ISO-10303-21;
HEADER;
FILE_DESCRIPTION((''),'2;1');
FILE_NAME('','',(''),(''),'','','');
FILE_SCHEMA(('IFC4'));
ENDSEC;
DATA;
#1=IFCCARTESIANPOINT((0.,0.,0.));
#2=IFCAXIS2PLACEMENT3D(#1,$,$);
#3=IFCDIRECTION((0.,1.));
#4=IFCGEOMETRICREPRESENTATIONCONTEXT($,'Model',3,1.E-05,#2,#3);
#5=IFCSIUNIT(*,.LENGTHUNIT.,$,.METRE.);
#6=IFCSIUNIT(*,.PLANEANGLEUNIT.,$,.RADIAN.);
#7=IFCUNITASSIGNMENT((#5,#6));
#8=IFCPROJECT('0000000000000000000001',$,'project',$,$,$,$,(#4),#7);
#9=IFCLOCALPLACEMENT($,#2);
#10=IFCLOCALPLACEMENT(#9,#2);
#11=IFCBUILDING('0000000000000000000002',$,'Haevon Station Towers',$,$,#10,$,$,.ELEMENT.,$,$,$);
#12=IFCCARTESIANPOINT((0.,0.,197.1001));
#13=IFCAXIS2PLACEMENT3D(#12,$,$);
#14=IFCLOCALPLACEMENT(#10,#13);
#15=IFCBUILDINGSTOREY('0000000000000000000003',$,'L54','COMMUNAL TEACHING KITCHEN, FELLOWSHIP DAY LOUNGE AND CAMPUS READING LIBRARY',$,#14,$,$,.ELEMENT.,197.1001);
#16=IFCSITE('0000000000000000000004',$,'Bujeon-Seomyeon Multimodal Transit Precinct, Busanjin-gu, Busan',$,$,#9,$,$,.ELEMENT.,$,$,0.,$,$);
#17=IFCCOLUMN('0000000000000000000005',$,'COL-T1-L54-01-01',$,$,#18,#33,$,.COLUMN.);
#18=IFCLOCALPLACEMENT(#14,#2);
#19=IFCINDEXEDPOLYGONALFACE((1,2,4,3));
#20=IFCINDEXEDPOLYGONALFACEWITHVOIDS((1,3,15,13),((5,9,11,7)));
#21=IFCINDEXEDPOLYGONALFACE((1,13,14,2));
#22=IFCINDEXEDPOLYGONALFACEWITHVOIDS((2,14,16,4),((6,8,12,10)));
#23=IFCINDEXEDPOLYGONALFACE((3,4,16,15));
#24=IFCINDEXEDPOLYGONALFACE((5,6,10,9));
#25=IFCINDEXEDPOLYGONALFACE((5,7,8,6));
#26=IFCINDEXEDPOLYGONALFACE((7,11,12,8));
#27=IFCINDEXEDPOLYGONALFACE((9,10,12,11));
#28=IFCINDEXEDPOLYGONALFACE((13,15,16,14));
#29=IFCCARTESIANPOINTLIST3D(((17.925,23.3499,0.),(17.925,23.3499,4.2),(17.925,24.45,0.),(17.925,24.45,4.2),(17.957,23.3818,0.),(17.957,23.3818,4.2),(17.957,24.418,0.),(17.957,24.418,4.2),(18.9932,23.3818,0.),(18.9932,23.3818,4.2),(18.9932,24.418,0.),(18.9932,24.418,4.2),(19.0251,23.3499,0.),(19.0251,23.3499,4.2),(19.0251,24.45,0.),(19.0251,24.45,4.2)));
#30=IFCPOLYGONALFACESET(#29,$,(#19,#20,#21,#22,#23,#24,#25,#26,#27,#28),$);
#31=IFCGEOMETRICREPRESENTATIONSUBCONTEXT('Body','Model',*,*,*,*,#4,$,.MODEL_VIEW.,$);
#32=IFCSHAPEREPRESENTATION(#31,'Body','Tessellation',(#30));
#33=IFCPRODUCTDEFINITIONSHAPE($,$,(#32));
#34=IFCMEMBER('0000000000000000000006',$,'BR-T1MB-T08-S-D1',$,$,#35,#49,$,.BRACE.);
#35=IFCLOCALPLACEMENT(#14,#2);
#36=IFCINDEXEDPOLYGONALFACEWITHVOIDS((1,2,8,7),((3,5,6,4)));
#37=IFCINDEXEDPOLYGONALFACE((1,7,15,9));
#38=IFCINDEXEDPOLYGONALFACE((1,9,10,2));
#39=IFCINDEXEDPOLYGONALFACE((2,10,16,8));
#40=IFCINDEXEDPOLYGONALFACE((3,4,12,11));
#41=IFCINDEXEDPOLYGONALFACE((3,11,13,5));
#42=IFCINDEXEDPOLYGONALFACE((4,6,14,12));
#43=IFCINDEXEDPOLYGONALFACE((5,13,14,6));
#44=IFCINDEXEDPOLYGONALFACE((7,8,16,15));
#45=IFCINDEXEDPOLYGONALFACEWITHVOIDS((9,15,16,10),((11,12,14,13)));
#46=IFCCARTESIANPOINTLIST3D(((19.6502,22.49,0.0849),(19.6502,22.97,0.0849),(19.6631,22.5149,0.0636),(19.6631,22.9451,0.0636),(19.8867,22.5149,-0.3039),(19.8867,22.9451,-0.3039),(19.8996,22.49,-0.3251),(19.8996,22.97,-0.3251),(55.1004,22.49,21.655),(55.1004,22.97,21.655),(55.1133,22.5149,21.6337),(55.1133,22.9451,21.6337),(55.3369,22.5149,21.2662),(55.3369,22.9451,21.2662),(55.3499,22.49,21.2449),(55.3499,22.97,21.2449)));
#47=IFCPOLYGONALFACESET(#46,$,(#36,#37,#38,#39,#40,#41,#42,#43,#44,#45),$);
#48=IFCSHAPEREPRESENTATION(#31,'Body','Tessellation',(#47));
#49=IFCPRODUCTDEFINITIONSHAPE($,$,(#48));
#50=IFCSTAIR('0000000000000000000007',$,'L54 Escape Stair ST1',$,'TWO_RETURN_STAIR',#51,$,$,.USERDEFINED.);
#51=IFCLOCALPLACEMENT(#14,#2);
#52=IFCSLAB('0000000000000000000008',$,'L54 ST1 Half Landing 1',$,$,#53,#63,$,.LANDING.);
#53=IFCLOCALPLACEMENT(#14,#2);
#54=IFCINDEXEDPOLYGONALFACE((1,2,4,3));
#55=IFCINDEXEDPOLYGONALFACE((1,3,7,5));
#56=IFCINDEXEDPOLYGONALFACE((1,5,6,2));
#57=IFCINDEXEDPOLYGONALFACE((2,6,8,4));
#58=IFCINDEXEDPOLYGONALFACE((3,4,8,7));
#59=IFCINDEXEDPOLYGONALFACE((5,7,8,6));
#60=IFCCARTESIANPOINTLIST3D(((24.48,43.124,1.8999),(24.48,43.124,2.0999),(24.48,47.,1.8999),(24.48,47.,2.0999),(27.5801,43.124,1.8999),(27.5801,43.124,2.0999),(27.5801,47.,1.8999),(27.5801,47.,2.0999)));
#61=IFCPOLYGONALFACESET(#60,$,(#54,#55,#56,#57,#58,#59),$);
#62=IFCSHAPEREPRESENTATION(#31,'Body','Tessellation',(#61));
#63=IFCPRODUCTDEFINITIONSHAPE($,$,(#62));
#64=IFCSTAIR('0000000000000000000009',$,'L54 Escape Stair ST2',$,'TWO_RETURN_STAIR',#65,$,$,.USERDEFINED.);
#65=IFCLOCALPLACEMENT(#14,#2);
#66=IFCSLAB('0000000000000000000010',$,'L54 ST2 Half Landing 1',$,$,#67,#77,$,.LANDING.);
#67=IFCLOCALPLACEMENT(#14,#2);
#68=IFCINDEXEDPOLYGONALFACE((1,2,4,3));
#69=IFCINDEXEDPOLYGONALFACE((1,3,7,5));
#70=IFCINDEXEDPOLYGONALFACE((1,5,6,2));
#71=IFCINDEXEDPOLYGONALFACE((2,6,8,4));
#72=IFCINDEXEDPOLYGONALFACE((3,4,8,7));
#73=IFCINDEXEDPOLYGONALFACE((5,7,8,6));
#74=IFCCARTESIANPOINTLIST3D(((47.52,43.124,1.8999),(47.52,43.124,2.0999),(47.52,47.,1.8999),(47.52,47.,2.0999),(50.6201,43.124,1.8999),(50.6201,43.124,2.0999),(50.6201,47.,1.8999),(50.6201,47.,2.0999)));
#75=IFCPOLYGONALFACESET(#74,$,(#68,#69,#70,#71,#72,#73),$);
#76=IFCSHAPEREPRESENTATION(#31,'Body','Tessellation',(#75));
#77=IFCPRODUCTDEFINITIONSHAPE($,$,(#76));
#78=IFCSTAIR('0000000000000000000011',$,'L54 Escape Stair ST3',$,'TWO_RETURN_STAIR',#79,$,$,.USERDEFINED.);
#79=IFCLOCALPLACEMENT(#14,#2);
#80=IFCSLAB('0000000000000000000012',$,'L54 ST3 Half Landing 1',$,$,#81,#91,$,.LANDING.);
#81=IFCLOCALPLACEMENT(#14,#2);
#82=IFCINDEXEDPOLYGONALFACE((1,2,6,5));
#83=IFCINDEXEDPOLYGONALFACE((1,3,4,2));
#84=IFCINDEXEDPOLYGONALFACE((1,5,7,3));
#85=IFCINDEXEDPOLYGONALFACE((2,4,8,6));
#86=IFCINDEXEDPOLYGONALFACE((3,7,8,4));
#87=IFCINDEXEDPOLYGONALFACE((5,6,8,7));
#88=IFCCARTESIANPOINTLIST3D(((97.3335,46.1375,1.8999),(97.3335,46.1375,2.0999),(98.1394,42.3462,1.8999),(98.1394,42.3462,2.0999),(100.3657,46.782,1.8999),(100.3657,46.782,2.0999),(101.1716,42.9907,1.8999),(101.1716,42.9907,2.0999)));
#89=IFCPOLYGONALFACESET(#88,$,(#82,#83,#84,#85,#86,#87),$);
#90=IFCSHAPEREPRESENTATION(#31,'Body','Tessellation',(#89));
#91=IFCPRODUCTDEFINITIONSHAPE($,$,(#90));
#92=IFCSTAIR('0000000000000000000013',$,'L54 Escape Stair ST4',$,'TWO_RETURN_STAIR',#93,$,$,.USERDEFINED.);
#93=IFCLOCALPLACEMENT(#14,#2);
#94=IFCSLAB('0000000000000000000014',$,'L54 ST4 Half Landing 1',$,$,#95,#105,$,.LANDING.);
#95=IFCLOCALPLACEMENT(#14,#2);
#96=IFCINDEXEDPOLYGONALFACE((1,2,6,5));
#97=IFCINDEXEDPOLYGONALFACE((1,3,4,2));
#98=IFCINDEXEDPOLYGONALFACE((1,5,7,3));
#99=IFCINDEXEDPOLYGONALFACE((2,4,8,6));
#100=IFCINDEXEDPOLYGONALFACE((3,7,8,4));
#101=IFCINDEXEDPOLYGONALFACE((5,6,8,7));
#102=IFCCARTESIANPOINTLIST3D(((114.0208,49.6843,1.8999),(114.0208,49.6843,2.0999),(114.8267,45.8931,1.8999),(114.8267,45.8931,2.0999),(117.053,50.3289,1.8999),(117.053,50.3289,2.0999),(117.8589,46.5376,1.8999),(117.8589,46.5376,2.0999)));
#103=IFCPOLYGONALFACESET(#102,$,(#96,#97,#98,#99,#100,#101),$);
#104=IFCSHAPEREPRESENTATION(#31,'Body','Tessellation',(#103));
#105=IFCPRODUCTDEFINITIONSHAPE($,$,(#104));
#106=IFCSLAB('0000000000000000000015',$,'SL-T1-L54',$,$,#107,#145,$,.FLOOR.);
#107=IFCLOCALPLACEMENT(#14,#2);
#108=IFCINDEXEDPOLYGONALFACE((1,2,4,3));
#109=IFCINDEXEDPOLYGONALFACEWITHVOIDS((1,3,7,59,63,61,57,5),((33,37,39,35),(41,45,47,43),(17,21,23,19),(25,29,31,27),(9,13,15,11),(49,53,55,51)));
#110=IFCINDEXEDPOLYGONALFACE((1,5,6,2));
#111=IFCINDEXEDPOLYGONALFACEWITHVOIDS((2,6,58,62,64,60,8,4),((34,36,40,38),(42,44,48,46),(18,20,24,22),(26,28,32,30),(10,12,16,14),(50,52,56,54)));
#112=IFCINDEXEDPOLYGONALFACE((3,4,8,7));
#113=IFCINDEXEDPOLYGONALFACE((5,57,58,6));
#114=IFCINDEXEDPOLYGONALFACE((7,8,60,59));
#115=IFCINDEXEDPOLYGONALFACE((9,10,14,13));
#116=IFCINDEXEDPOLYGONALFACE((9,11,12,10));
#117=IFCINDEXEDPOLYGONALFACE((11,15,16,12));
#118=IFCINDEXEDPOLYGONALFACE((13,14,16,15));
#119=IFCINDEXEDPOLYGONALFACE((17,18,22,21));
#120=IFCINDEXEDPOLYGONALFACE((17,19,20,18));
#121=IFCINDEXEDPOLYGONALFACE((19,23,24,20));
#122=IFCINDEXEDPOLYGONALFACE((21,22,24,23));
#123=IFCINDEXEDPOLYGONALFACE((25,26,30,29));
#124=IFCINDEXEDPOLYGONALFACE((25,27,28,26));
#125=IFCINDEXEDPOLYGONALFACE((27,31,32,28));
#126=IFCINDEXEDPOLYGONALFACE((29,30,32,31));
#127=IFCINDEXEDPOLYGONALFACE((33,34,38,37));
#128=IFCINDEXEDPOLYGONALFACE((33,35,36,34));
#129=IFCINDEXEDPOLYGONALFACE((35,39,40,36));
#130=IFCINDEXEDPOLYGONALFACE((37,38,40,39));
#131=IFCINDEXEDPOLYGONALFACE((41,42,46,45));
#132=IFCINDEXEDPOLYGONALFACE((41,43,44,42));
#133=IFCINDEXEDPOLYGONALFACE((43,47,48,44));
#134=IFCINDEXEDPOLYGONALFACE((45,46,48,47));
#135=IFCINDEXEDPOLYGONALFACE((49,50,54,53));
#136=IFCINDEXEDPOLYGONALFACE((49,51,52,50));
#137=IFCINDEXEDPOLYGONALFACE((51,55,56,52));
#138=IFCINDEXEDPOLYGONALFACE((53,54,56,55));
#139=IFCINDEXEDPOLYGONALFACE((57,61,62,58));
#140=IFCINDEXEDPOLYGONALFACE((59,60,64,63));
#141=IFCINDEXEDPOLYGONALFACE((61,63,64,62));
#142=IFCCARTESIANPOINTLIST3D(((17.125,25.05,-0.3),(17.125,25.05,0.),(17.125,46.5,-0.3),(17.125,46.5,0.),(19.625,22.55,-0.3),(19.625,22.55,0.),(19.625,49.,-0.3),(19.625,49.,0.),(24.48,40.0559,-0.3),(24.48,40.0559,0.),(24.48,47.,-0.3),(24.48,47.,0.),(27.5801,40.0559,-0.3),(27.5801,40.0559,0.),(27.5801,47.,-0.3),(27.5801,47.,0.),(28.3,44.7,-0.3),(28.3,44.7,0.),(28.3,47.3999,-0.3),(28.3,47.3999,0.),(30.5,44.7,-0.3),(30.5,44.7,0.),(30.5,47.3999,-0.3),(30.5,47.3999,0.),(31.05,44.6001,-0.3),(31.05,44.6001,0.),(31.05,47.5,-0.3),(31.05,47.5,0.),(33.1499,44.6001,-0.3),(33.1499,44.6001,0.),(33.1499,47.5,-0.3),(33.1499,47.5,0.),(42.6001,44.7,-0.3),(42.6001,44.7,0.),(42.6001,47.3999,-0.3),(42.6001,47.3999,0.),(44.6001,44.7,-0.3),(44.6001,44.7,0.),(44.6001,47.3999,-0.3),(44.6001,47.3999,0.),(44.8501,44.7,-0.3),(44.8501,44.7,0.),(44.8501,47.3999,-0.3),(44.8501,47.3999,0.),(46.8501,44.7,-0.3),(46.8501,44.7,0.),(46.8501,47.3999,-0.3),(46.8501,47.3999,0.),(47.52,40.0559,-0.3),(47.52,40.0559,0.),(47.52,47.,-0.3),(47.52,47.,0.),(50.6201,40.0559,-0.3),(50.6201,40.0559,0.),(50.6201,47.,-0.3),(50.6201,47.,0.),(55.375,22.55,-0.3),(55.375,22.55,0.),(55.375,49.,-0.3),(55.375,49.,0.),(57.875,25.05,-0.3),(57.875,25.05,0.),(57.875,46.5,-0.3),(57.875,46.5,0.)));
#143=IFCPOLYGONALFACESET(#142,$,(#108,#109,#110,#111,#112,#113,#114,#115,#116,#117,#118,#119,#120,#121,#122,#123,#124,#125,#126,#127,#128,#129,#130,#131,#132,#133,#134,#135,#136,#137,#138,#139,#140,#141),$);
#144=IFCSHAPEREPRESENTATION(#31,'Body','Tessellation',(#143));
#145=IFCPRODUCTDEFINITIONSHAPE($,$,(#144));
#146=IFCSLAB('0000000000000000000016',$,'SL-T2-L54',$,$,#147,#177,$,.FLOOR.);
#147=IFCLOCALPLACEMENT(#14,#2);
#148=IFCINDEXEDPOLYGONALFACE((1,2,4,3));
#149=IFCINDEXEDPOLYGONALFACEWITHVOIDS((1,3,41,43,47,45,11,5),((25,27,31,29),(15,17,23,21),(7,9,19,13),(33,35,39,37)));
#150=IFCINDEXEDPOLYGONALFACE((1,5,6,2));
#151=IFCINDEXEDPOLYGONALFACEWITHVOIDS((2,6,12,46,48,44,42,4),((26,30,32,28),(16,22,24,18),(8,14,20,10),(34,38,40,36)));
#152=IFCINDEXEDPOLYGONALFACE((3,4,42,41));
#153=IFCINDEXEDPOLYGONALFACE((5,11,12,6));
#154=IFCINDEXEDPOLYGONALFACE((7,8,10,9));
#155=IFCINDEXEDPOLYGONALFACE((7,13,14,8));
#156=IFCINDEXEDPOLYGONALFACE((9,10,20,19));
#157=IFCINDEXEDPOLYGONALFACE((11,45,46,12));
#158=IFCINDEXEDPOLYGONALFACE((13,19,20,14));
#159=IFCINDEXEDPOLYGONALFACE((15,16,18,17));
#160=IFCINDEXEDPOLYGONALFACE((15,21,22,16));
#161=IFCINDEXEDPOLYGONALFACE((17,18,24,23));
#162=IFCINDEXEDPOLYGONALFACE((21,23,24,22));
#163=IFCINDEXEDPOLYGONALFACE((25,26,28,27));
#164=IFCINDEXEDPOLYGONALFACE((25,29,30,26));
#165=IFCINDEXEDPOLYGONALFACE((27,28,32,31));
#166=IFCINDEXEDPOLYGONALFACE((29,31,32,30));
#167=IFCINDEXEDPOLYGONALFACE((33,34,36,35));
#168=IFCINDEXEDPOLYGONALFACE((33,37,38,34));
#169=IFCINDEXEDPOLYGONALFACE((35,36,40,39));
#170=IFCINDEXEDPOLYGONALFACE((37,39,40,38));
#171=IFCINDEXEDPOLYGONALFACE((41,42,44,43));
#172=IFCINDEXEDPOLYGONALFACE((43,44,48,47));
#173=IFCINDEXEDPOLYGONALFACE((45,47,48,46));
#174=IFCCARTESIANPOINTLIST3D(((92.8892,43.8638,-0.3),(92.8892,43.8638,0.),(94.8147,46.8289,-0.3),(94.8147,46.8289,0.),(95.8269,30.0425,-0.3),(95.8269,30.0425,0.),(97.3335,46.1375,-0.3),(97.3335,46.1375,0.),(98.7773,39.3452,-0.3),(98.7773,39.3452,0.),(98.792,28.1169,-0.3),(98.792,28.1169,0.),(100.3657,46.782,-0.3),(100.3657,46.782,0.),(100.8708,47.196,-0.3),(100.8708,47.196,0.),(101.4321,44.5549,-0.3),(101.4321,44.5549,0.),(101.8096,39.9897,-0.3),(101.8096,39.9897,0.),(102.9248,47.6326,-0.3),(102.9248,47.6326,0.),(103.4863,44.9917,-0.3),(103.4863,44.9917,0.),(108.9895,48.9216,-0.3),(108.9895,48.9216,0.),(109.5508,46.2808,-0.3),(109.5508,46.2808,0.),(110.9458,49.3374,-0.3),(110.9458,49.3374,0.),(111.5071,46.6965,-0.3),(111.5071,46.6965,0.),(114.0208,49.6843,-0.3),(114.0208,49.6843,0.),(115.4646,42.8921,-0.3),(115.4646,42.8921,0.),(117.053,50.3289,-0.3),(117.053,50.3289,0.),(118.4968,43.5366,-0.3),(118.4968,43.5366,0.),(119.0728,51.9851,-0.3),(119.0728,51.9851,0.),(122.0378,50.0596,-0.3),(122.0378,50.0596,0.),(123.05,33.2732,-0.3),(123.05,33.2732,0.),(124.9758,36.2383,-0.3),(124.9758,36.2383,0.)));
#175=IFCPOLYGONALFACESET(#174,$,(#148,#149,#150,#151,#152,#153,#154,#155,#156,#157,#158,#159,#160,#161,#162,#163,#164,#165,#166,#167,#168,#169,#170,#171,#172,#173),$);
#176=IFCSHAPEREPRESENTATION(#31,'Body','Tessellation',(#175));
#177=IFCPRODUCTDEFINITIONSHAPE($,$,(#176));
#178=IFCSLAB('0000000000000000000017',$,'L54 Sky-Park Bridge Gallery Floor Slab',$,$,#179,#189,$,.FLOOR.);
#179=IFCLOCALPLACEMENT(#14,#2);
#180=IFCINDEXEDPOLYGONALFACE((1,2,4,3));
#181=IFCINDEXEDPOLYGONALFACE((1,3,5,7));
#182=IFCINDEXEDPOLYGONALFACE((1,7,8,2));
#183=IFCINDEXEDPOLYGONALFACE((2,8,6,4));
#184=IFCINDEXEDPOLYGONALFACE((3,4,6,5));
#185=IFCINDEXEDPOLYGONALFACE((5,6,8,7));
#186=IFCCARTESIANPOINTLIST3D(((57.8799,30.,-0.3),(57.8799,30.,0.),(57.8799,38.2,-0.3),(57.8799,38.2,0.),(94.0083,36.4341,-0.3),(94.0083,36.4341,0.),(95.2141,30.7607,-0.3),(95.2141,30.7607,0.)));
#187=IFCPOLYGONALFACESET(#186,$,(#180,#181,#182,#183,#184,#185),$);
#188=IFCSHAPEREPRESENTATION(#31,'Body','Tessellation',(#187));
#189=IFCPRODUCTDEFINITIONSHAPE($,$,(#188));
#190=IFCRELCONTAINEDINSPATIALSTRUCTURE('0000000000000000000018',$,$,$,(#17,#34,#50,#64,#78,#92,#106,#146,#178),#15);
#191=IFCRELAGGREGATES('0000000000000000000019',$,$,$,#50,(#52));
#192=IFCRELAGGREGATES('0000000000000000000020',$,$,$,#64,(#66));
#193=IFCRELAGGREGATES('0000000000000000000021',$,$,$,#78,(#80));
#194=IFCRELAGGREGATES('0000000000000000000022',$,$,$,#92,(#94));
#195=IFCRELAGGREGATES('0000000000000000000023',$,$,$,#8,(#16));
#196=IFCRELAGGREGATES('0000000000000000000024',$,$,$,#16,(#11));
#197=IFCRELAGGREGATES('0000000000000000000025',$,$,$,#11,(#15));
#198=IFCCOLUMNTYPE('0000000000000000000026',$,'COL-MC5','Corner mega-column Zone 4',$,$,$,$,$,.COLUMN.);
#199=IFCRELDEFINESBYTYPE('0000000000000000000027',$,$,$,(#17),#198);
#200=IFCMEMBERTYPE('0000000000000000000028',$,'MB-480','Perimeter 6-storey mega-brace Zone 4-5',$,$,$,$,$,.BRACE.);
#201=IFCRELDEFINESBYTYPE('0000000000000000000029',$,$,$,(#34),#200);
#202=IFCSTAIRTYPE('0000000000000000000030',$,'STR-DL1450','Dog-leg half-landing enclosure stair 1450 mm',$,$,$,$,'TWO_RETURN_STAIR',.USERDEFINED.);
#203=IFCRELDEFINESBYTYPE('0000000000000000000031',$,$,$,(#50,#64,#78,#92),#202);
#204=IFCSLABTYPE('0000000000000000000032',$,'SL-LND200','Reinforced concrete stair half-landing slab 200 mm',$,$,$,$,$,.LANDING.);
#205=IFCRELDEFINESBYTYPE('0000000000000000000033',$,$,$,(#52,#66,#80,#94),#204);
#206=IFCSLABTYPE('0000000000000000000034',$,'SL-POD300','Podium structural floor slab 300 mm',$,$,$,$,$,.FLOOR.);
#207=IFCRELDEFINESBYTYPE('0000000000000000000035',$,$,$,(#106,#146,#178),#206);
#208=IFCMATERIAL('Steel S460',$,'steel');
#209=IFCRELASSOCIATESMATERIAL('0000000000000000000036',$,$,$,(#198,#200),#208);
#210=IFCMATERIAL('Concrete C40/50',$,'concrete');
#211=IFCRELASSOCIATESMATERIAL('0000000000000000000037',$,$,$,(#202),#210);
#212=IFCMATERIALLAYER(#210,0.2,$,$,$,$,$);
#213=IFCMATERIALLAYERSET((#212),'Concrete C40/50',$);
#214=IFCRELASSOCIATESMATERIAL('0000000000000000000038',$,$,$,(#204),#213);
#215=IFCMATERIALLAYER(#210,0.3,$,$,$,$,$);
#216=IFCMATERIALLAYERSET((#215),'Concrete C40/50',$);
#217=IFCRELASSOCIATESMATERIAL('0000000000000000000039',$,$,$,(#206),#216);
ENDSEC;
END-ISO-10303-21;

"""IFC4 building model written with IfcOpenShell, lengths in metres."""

from ifc_helpers import new_model, si_unit, direction, frame, origin, origin_2d, place, context, subcontext, project, spatial, polyline, hollow_rectangle, outline, extrude, material, layer, layer_set, material_profile, profile_set, type_object, element, aggregate, save


model = new_model("IFC4")

# Units and contexts
model_context = context("Model", 3, precision=1e-05, world=origin(), true_north=direction((0.0, 1.0)))
body_context = subcontext(model_context, "Body", "Model", "MODEL_VIEW")
ifc_project = project(units=[si_unit("LENGTHUNIT", "METRE"), si_unit("PLANEANGLEUNIT", "RADIAN")], contexts=[model_context])

# Site, building, storey
site_placement = place(None, origin())
site = spatial("IfcSite", under=ifc_project, at=site_placement, Name="Bujeon-Seomyeon Multimodal Transit Precinct, Busanjin-gu, Busan", CompositionType="ELEMENT", RefElevation=0.0)
building_placement = place(site_placement, origin())
building = spatial("IfcBuilding", under=site, at=building_placement, Name="Haevon Station Towers", CompositionType="ELEMENT")
storey_placement = place(building_placement, frame((0.0, 0.0, 197.1001)))
storey = spatial("IfcBuildingStorey", under=building, at=storey_placement, Name="L54", Description="COMMUNAL TEACHING KITCHEN, FELLOWSHIP DAY LOUNGE AND CAMPUS READING LIBRARY", CompositionType="ELEMENT", Elevation=197.1001)

# Column
ifc_material_1 = material(Name="Steel S460", Category="steel")
ifc_material_profile_1 = material_profile(ifc_material_1, hollow_rectangle(XDim=1.1001, YDim=1.1001, WallThickness=0.032, at=origin_2d()), Name="BOX-1100x1100x32")
ifc_profile_set_1 = profile_set([ifc_material_profile_1], Name="Steel S460")
column_type = type_object("IfcColumnType", Name="COL-MC5", Description="Corner mega-column Zone 4", PredefinedType="COLUMN", material=ifc_profile_set_1)
column_placement = place(storey_placement, frame((18.4751, 23.8999, 0.0), z_axis=(0.0, 0.0, 1.0), x_axis=(1.0, 0.0, 0.0)))
element("IfcColumn", 1, at=column_placement, inside=storey, type_object=column_type, Name="COL-T1-L54-01-01", PredefinedType="COLUMN", context=body_context, shape_type="SweptSolid", body=[
    extrude(hollow_rectangle(XDim=1.1001, YDim=1.1001, WallThickness=0.032, at=origin_2d()), origin(), (0.0, 0.0, 1.0), 4.2),
])

# Member
ifc_material_profile_2 = material_profile(ifc_material_1, hollow_rectangle(XDim=0.48, YDim=0.48, WallThickness=0.0249, at=origin_2d()), Name="RHS-480x480x25")
ifc_profile_set_2 = profile_set([ifc_material_profile_2], Name="Steel S460")
member_type = type_object("IfcMemberType", Name="MB-480", Description="Perimeter 6-storey mega-brace Zone 4-5", PredefinedType="BRACE", material=ifc_profile_set_2)
member_placement = place(storey_placement, frame((19.7749, 22.73, -0.1201), z_axis=(0.854287, 0.0, 0.519801), x_axis=(0.0, 1.0, 0.0)))
element("IfcMember", 2, at=member_placement, inside=storey, type_object=member_type, Name="BR-T1MB-T08-S-D1", PredefinedType="BRACE", context=body_context, shape_type="SweptSolid", body=[
    extrude(hollow_rectangle(XDim=0.48, YDim=0.48, WallThickness=0.0249, at=origin_2d()), origin(), (0.0, 0.0, 1.0), 41.4968),
])

# Stairs, slabs
ifc_material_2 = material(Name="Concrete C40/50", Category="concrete")
stair_type = type_object("IfcStairType", Name="STR-DL1450", Description="Dog-leg half-landing enclosure stair 1450 mm", ElementType="TWO_RETURN_STAIR", PredefinedType="USERDEFINED", material=ifc_material_2)
stair_1_placement = place(storey_placement, origin())
stair_1 = element("IfcStair", 3, at=stair_1_placement, inside=storey, type_object=stair_type, Name="L54 Escape Stair ST1", ObjectType="TWO_RETURN_STAIR", PredefinedType="USERDEFINED")
ifc_layer_1 = layer(ifc_material_2, 0.2)
ifc_layer_set_1 = layer_set([ifc_layer_1], Name="Concrete C40/50")
slab_type_1 = type_object("IfcSlabType", Name="SL-LND200", Description="Reinforced concrete stair half-landing slab 200 mm", PredefinedType="LANDING", material=ifc_layer_set_1)
slab_1_placement = place(storey_placement, frame((0.0, 0.0, 1.8999)))
slab_1 = element("IfcSlab", 4, at=slab_1_placement, type_object=slab_type_1, Name="L54 ST1 Half Landing 1", PredefinedType="LANDING", context=body_context, shape_type="SweptSolid", body=[
    extrude(outline(polyline([(27.5801, 43.124), (27.5801, 47.0), (24.48, 47.0), (24.48, 43.124), (27.5801, 43.124)])), origin(), (0.0, 0.0, 1.0), 0.2),
])
aggregate(stair_1, [slab_1])
stair_2_placement = place(storey_placement, origin())
stair_2 = element("IfcStair", 5, at=stair_2_placement, inside=storey, type_object=stair_type, Name="L54 Escape Stair ST2", ObjectType="TWO_RETURN_STAIR", PredefinedType="USERDEFINED")
slab_2_placement = place(storey_placement, frame((0.0, 0.0, 1.8999)))
slab_2 = element("IfcSlab", 6, at=slab_2_placement, type_object=slab_type_1, Name="L54 ST2 Half Landing 1", PredefinedType="LANDING", context=body_context, shape_type="SweptSolid", body=[
    extrude(outline(polyline([(50.6201, 43.124), (50.6201, 47.0), (47.52, 47.0), (47.52, 43.124), (50.6201, 43.124)])), origin(), (0.0, 0.0, 1.0), 0.2),
])
aggregate(stair_2, [slab_2])
stair_3_placement = place(storey_placement, origin())
stair_3 = element("IfcStair", 7, at=stair_3_placement, inside=storey, type_object=stair_type, Name="L54 Escape Stair ST3", ObjectType="TWO_RETURN_STAIR", PredefinedType="USERDEFINED")
slab_3_placement = place(storey_placement, frame((0.0, 0.0, 1.8999)))
slab_3 = element("IfcSlab", 8, at=slab_3_placement, type_object=slab_type_1, Name="L54 ST3 Half Landing 1", PredefinedType="LANDING", context=body_context, shape_type="SweptSolid", body=[
    extrude(outline(polyline([(101.1716, 42.9907), (100.3657, 46.782), (97.3335, 46.1375), (98.1394, 42.3462), (101.1716, 42.9907)])), origin(), (0.0, 0.0, 1.0), 0.2),
])
aggregate(stair_3, [slab_3])
stair_4_placement = place(storey_placement, origin())
stair_4 = element("IfcStair", 9, at=stair_4_placement, inside=storey, type_object=stair_type, Name="L54 Escape Stair ST4", ObjectType="TWO_RETURN_STAIR", PredefinedType="USERDEFINED")
slab_4_placement = place(storey_placement, frame((0.0, 0.0, 1.8999)))
slab_4 = element("IfcSlab", 10, at=slab_4_placement, type_object=slab_type_1, Name="L54 ST4 Half Landing 1", PredefinedType="LANDING", context=body_context, shape_type="SweptSolid", body=[
    extrude(outline(polyline([(117.8589, 46.5376), (117.053, 50.3289), (114.0208, 49.6843), (114.8267, 45.8931), (117.8589, 46.5376)])), origin(), (0.0, 0.0, 1.0), 0.2),
])
aggregate(stair_4, [slab_4])

# Slabs
ifc_layer_2 = layer(ifc_material_2, 0.3)
ifc_layer_set_2 = layer_set([ifc_layer_2], Name="Concrete C40/50")
slab_type_2 = type_object("IfcSlabType", Name="SL-POD300", Description="Podium structural floor slab 300 mm", PredefinedType="FLOOR", material=ifc_layer_set_2)
slab_5_placement = place(storey_placement, frame((0.0, 0.0, -0.3)))
element("IfcSlab", 11, at=slab_5_placement, inside=storey, type_object=slab_type_2, Name="SL-T1-L54", PredefinedType="FLOOR", context=body_context, shape_type="SweptSolid", body=[
    extrude(outline(polyline([(19.625, 22.55), (55.375, 22.55), (57.875, 25.05), (57.875, 46.5), (55.375, 49.0), (19.625, 49.0), (17.125, 46.5), (17.125, 25.05), (19.625, 22.55)]), holes=[polyline([(27.5801, 40.0559), (27.5801, 47.0), (24.48, 47.0), (24.48, 40.0559), (27.5801, 40.0559)]), polyline([(50.6201, 40.0559), (50.6201, 47.0), (47.52, 47.0), (47.52, 40.0559), (50.6201, 40.0559)]), polyline([(28.3, 44.7), (30.5, 44.7), (30.5, 47.3999), (28.3, 47.3999), (28.3, 44.7)]), polyline([(31.05, 44.6001), (33.1499, 44.6001), (33.1499, 47.5), (31.05, 47.5), (31.05, 44.6001)]), polyline([(42.6001, 44.7), (44.6001, 44.7), (44.6001, 47.3999), (42.6001, 47.3999), (42.6001, 44.7)]), polyline([(44.8501, 44.7), (46.8501, 44.7), (46.8501, 47.3999), (44.8501, 47.3999), (44.8501, 44.7)])]), origin(), (0.0, 0.0, 1.0), 0.3),
])
slab_6_placement = place(storey_placement, frame((0.0, 0.0, -0.3)))
element("IfcSlab", 12, at=slab_6_placement, inside=storey, type_object=slab_type_2, Name="SL-T2-L54", PredefinedType="FLOOR", context=body_context, shape_type="SweptSolid", body=[
    extrude(outline(polyline([(98.792, 28.1169), (123.05, 33.2732), (124.9758, 36.2383), (122.0378, 50.0596), (119.0728, 51.9851), (94.8147, 46.8289), (92.8892, 43.8638), (95.8269, 30.0425), (98.792, 28.1169)]), holes=[polyline([(101.8096, 39.9897), (100.3657, 46.782), (97.3335, 46.1375), (98.7773, 39.3452), (101.8096, 39.9897)]), polyline([(118.4968, 43.5366), (117.053, 50.3289), (114.0208, 49.6843), (115.4646, 42.8921), (118.4968, 43.5366)]), polyline([(101.4321, 44.5549), (103.4863, 44.9917), (102.9248, 47.6326), (100.8708, 47.196), (101.4321, 44.5549)]), polyline([(109.5508, 46.2808), (111.5071, 46.6965), (110.9458, 49.3374), (108.9895, 48.9216), (109.5508, 46.2808)])]), origin(), (0.0, 0.0, 1.0), 0.3),
])
slab_7_placement = place(storey_placement, frame((0.0, 0.0, -0.3)))
element("IfcSlab", 13, at=slab_7_placement, inside=storey, type_object=slab_type_2, Name="L54 Sky-Park Bridge Gallery Floor Slab", PredefinedType="FLOOR", context=body_context, shape_type="SweptSolid", body=[
    extrude(outline(polyline([(57.8799, 30.0), (95.2141, 30.7607), (94.0083, 36.4341), (57.8799, 38.2), (57.8799, 30.0)])), origin(), (0.0, 0.0, 1.0), 0.3),
])

save(model, "model.ifc")
